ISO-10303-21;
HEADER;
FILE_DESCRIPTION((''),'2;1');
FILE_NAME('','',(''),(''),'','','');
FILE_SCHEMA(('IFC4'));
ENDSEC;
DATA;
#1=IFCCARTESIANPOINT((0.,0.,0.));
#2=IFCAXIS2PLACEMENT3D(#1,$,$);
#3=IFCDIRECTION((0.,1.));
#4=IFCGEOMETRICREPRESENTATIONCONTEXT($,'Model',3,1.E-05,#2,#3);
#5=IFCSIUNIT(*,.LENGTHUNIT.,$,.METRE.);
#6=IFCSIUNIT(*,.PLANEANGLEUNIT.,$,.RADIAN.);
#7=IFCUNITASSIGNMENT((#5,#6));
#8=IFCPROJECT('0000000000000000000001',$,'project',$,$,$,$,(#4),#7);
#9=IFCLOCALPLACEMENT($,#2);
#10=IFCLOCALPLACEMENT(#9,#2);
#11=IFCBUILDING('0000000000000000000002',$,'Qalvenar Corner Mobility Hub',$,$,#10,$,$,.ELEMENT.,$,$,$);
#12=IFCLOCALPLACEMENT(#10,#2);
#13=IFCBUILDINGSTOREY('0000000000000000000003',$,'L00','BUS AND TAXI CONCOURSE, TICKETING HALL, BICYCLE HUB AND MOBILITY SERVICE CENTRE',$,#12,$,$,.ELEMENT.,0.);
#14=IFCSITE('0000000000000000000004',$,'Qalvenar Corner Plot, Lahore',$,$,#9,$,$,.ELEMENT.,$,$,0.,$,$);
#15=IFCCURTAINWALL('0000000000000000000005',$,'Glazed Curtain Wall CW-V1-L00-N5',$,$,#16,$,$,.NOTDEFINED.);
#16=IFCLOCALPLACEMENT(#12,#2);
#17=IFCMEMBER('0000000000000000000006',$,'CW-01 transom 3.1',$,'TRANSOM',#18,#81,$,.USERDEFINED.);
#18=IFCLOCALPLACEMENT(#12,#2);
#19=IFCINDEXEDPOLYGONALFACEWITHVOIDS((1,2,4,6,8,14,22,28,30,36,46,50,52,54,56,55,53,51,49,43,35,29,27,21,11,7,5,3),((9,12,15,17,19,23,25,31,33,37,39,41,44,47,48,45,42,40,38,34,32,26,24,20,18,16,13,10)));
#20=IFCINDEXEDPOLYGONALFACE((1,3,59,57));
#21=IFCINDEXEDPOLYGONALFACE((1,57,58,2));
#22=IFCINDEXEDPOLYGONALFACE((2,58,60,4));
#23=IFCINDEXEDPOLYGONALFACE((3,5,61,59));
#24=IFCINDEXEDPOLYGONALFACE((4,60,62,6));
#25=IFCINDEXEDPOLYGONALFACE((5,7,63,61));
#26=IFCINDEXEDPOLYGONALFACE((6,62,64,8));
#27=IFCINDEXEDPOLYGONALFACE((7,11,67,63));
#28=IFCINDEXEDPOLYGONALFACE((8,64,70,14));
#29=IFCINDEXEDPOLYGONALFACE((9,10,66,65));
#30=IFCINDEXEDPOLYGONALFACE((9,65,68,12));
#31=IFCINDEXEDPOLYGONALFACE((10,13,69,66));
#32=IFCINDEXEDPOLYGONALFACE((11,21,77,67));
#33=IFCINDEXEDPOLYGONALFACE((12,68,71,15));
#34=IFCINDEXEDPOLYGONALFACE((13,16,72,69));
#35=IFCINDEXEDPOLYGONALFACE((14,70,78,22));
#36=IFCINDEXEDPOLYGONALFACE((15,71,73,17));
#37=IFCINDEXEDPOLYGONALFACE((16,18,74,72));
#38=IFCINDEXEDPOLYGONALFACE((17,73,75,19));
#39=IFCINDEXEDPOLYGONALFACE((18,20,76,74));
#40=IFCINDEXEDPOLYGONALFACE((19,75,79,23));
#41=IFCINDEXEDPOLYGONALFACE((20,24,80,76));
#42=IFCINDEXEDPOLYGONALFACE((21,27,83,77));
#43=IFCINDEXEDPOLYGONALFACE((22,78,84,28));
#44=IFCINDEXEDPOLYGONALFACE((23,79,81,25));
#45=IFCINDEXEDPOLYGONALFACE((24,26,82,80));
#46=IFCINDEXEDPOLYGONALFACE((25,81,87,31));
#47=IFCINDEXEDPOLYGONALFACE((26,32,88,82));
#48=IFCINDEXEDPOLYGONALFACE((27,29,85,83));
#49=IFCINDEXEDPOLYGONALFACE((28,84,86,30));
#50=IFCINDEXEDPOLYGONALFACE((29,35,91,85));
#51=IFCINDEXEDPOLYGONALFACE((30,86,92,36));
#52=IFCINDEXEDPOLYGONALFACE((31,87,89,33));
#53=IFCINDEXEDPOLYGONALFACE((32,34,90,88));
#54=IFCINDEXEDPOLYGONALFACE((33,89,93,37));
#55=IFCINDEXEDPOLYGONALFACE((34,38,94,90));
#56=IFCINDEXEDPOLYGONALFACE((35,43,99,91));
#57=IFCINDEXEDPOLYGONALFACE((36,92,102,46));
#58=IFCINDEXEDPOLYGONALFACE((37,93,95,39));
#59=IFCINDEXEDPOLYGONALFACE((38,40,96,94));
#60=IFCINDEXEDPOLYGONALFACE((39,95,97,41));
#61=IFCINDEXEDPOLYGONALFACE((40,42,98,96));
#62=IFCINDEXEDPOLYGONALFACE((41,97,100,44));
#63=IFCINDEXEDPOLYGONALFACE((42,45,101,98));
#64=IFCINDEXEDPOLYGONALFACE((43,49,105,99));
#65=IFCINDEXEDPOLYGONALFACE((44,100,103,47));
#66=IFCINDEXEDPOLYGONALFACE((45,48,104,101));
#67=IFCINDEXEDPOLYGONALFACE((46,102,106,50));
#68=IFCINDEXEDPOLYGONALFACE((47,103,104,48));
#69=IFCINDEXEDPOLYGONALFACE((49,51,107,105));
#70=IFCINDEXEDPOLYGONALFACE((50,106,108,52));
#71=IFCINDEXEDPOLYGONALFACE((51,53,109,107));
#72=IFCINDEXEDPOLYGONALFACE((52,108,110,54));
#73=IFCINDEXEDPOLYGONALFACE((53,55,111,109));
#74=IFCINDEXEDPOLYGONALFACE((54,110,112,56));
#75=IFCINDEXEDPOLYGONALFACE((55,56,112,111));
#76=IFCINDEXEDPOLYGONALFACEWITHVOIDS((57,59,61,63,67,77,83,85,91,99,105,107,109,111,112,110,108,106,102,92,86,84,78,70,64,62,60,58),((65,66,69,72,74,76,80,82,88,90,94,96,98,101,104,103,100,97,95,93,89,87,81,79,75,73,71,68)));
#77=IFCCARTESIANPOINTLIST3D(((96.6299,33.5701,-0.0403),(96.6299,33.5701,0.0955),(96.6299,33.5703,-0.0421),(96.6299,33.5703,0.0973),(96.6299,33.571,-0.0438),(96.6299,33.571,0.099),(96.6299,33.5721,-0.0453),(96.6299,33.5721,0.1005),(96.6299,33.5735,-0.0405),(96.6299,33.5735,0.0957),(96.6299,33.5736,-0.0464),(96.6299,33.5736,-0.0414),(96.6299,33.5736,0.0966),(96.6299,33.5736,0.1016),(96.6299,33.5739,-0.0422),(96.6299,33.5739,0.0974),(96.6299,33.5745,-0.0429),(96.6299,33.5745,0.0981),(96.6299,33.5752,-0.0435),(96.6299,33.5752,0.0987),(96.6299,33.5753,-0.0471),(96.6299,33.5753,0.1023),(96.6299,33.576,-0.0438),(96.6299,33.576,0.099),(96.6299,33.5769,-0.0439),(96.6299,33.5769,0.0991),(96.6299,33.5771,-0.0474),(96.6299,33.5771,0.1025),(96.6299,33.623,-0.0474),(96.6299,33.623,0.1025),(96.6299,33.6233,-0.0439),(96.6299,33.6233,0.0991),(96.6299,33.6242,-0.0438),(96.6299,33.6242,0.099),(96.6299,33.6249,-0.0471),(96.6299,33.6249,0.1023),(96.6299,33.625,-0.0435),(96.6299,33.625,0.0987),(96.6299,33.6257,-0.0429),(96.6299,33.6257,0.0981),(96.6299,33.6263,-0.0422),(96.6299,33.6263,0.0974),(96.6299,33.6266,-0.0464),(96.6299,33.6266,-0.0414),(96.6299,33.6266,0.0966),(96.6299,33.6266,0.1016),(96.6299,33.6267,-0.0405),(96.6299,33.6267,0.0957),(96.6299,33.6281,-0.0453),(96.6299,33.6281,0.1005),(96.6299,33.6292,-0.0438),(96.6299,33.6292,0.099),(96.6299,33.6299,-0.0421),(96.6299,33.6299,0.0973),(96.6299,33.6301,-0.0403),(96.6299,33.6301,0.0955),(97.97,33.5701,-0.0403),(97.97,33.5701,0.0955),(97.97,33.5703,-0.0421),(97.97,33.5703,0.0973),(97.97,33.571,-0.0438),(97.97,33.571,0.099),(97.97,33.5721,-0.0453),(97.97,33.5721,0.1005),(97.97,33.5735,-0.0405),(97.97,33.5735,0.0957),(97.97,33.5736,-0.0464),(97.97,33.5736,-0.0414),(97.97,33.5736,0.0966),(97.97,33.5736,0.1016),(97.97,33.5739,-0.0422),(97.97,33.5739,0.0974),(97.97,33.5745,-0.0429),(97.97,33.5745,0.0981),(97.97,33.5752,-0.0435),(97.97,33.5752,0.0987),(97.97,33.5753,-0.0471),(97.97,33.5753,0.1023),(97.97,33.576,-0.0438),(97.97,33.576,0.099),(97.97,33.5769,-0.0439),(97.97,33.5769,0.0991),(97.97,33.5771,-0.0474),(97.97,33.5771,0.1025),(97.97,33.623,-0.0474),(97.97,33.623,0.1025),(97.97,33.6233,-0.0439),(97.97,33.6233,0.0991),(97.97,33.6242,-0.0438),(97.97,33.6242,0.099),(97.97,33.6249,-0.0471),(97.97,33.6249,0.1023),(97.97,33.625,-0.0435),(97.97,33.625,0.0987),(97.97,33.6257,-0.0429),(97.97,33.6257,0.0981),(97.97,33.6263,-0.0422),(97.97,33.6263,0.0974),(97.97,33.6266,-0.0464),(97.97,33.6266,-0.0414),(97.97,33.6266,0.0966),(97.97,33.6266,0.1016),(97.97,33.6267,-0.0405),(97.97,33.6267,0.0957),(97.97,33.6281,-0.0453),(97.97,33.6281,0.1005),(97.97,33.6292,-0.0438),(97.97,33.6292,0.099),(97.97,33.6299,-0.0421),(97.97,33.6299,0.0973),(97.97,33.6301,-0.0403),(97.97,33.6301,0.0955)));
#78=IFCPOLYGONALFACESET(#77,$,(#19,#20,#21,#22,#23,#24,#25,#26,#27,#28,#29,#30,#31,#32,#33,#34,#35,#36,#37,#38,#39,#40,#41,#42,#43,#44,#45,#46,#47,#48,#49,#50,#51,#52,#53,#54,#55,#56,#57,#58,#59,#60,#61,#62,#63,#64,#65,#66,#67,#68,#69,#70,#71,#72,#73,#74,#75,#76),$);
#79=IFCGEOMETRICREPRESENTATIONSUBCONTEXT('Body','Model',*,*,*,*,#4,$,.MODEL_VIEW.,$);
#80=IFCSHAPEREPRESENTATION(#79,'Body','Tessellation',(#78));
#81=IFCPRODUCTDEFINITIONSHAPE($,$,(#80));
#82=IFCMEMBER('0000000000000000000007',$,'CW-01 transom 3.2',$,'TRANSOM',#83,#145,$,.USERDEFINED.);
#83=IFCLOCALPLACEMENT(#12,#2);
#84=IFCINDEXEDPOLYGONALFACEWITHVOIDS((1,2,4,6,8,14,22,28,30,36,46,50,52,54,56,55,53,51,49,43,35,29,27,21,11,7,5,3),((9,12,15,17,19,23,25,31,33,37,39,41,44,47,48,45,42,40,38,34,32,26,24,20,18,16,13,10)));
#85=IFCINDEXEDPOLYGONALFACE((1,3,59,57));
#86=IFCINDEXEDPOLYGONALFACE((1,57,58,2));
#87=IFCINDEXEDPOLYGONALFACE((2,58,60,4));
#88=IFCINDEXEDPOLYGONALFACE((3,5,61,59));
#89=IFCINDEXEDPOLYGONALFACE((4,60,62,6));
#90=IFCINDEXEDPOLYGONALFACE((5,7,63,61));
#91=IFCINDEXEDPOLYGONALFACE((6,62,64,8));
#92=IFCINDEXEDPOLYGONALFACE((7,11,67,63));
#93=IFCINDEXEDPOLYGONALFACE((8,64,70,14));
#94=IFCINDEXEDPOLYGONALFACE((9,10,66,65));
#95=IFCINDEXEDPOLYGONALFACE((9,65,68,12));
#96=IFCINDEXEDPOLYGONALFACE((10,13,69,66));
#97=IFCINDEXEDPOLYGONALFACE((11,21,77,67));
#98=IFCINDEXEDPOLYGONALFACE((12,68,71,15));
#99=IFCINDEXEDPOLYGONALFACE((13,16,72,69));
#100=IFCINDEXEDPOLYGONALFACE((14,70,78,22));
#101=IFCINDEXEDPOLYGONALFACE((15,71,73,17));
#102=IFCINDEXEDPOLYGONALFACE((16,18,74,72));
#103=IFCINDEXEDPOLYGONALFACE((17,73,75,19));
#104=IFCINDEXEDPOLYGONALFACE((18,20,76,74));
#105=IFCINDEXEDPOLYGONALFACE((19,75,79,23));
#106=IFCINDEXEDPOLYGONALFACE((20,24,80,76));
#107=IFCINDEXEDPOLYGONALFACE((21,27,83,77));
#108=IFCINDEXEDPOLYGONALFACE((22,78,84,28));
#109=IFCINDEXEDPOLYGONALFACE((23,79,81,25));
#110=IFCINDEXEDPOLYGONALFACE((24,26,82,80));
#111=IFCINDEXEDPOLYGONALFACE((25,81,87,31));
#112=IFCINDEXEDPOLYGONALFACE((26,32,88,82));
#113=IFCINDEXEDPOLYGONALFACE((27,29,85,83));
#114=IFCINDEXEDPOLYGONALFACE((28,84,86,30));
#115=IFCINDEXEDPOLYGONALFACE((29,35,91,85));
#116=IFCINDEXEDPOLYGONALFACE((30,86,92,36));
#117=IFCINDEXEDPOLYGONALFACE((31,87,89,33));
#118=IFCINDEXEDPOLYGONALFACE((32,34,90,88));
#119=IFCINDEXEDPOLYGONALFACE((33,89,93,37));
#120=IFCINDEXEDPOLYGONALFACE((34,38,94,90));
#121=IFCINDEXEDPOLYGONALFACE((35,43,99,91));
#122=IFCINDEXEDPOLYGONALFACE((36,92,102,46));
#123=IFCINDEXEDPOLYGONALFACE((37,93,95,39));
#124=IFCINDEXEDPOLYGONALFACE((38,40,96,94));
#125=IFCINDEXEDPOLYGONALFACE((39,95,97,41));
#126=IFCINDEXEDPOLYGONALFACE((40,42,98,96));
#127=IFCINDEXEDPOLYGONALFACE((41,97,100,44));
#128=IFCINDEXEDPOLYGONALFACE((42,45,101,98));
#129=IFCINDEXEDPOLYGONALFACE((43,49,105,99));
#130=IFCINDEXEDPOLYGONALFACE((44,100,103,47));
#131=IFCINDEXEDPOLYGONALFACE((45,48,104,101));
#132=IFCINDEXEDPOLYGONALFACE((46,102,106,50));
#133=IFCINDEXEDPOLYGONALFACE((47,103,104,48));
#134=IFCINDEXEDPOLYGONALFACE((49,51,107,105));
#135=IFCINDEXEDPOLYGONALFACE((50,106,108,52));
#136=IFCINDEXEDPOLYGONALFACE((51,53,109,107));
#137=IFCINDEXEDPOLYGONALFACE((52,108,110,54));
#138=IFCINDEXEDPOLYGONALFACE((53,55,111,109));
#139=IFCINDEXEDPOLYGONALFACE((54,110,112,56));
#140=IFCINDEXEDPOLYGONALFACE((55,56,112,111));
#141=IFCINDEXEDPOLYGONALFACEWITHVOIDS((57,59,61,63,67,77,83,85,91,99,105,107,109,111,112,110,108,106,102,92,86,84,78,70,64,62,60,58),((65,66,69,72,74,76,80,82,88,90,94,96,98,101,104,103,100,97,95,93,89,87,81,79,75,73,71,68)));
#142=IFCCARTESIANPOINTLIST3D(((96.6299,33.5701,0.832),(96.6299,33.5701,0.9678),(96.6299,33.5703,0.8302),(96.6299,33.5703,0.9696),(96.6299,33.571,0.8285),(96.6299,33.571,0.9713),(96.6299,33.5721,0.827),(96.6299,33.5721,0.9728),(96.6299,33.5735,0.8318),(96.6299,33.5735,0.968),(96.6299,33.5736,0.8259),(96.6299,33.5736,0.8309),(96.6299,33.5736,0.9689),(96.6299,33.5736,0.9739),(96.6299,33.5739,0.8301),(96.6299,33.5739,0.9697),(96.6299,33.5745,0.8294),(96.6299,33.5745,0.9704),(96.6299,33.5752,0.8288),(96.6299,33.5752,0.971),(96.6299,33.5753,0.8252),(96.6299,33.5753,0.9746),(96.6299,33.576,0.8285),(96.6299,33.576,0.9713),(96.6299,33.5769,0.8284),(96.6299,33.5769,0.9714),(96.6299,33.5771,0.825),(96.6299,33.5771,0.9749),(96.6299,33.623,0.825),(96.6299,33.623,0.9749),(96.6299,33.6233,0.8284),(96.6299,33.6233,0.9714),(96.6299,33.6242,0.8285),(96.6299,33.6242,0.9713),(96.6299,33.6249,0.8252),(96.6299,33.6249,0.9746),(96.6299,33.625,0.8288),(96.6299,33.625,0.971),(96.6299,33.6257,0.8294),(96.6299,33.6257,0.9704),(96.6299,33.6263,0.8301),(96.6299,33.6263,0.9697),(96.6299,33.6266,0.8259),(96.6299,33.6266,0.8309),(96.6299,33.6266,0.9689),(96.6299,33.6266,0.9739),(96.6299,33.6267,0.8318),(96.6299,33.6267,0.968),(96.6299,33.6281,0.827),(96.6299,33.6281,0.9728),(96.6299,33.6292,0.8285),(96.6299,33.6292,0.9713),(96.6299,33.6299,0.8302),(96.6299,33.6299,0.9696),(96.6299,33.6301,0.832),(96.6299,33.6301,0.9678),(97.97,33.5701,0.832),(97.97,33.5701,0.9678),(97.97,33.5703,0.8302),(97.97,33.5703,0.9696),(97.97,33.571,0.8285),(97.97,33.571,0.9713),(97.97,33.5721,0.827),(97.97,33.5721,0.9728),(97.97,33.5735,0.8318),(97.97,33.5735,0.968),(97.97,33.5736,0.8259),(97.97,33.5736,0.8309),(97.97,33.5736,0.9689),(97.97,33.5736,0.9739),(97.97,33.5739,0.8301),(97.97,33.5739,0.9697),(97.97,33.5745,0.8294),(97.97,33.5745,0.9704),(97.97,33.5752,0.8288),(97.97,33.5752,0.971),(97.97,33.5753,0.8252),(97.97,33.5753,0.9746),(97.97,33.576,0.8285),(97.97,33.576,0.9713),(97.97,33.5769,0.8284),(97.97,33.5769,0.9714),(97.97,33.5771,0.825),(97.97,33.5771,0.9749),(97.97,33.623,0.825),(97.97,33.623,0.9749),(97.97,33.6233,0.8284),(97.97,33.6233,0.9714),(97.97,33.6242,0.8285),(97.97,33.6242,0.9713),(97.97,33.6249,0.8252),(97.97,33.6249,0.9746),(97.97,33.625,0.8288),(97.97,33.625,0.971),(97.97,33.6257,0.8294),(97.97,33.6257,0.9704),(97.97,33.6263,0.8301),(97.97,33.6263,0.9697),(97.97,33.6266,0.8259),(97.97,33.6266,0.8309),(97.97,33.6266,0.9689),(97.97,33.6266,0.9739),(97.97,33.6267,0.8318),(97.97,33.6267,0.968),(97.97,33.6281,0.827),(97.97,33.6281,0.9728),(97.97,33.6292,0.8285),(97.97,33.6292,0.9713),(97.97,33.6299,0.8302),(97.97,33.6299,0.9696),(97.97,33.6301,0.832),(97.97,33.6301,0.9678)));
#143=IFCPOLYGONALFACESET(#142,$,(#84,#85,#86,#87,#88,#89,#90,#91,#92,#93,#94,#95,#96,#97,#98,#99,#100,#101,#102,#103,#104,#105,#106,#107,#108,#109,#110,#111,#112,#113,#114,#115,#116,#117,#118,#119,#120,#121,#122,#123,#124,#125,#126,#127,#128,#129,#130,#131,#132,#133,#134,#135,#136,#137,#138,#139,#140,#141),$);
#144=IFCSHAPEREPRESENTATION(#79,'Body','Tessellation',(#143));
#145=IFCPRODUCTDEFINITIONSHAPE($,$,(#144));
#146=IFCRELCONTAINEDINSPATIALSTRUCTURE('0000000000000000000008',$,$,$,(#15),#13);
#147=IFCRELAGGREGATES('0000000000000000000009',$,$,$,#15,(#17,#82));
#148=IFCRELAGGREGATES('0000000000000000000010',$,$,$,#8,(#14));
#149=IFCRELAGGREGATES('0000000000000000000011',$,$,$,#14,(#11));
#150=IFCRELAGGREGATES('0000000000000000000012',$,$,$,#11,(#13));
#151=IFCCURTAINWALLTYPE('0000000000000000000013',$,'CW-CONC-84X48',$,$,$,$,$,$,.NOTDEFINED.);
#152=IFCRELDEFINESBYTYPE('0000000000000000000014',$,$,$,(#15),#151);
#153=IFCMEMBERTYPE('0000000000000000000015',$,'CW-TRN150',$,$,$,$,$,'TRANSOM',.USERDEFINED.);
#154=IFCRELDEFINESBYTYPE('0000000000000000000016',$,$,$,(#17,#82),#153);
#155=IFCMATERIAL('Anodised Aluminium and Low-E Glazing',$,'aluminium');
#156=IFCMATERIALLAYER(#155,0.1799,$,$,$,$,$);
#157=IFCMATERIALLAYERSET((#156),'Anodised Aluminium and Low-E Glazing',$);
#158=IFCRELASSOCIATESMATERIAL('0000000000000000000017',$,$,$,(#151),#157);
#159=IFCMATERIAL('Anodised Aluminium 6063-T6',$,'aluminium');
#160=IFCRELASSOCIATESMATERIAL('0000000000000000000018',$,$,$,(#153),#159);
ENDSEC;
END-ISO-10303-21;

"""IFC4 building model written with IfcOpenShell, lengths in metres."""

from ifc_helpers import new_model, si_unit, direction, frame, origin, origin_2d, place, context, subcontext, project, spatial, hollow_rectangle, extrude, material, layer, layer_set, material_profile, profile_set, type_object, element, aggregate, save


model = new_model("IFC4")

# Units and contexts
model_context = context("Model", 3, precision=1e-05, world=origin(), true_north=direction((0.0, 1.0)))
body_context = subcontext(model_context, "Body", "Model", "MODEL_VIEW")
ifc_project = project(units=[si_unit("LENGTHUNIT", "METRE"), si_unit("PLANEANGLEUNIT", "RADIAN")], contexts=[model_context])

# Site, building, storey
site_placement = place(None, origin())
site = spatial("IfcSite", under=ifc_project, at=site_placement, Name="Qalvenar Corner Plot, Lahore", CompositionType="ELEMENT", RefElevation=0.0)
building_placement = place(site_placement, origin())
building = spatial("IfcBuilding", under=site, at=building_placement, Name="Qalvenar Corner Mobility Hub", CompositionType="ELEMENT")
storey_placement = place(building_placement, origin())
storey = spatial("IfcBuildingStorey", under=building, at=storey_placement, Name="L00", Description="BUS AND TAXI CONCOURSE, TICKETING HALL, BICYCLE HUB AND MOBILITY SERVICE CENTRE", CompositionType="ELEMENT", Elevation=0.0)

# Curtain wall, members
ifc_material_1 = material(Name="Anodised Aluminium and Low-E Glazing", Category="aluminium")
ifc_layer_1 = layer(ifc_material_1, 0.1799)
ifc_layer_set_1 = layer_set([ifc_layer_1], Name="Anodised Aluminium and Low-E Glazing")
curtain_wall_type = type_object("IfcCurtainWallType", Name="CW-CONC-84X48", PredefinedType="NOTDEFINED", material=ifc_layer_set_1)
curtain_wall_placement = place(storey_placement, origin())
curtain_wall = element("IfcCurtainWall", 1, at=curtain_wall_placement, inside=storey, type_object=curtain_wall_type, Name="Glazed Curtain Wall CW-V1-L00-N5", PredefinedType="NOTDEFINED")
ifc_material_2 = material(Name="Anodised Aluminium 6063-T6", Category="aluminium")
ifc_material_profile_1 = material_profile(ifc_material_2, hollow_rectangle(XDim=0.0601, YDim=0.1499, WallThickness=0.0034, InnerFilletRadius=0.0034, OuterFilletRadius=0.0071, at=origin_2d()), Name="RHS150x60x3.5")
ifc_profile_set_1 = profile_set([ifc_material_profile_1], Name="Anodised Aluminium 6063-T6")
member_type_1 = type_object("IfcMemberType", Name="CW-TRN150", ElementType="TRANSOM", PredefinedType="USERDEFINED", material=ifc_profile_set_1)
member_1_placement = place(storey_placement, frame((97.97, 33.6001, 0.0276), z_axis=(-1.0, 0.0, 0.0), x_axis=(0.0, -1.0, 0.0)))
member_1 = element("IfcMember", 2, at=member_1_placement, type_object=member_type_1, Name="CW-01 transom 3.1", ObjectType="TRANSOM", PredefinedType="USERDEFINED", context=body_context, shape_type="SweptSolid", body=[
    extrude(hollow_rectangle(XDim=0.0601, YDim=0.1499, WallThickness=0.0034, InnerFilletRadius=0.0034, OuterFilletRadius=0.0071, at=origin_2d()), origin(), (0.0, 0.0, 1.0), 1.3401),
])
member_2_placement = place(storey_placement, frame((97.97, 33.6001, 0.8999), z_axis=(-1.0, 0.0, 0.0), x_axis=(0.0, -1.0, 0.0)))
member_2 = element("IfcMember", 3, at=member_2_placement, type_object=member_type_1, Name="CW-01 transom 3.2", ObjectType="TRANSOM", PredefinedType="USERDEFINED", context=body_context, shape_type="SweptSolid", body=[
    extrude(hollow_rectangle(XDim=0.0601, YDim=0.1499, WallThickness=0.0034, InnerFilletRadius=0.0034, OuterFilletRadius=0.0071, at=origin_2d()), origin(), (0.0, 0.0, 1.0), 1.3401),
])
aggregate(curtain_wall, [member_1, member_2])

save(model, "model.ifc")
